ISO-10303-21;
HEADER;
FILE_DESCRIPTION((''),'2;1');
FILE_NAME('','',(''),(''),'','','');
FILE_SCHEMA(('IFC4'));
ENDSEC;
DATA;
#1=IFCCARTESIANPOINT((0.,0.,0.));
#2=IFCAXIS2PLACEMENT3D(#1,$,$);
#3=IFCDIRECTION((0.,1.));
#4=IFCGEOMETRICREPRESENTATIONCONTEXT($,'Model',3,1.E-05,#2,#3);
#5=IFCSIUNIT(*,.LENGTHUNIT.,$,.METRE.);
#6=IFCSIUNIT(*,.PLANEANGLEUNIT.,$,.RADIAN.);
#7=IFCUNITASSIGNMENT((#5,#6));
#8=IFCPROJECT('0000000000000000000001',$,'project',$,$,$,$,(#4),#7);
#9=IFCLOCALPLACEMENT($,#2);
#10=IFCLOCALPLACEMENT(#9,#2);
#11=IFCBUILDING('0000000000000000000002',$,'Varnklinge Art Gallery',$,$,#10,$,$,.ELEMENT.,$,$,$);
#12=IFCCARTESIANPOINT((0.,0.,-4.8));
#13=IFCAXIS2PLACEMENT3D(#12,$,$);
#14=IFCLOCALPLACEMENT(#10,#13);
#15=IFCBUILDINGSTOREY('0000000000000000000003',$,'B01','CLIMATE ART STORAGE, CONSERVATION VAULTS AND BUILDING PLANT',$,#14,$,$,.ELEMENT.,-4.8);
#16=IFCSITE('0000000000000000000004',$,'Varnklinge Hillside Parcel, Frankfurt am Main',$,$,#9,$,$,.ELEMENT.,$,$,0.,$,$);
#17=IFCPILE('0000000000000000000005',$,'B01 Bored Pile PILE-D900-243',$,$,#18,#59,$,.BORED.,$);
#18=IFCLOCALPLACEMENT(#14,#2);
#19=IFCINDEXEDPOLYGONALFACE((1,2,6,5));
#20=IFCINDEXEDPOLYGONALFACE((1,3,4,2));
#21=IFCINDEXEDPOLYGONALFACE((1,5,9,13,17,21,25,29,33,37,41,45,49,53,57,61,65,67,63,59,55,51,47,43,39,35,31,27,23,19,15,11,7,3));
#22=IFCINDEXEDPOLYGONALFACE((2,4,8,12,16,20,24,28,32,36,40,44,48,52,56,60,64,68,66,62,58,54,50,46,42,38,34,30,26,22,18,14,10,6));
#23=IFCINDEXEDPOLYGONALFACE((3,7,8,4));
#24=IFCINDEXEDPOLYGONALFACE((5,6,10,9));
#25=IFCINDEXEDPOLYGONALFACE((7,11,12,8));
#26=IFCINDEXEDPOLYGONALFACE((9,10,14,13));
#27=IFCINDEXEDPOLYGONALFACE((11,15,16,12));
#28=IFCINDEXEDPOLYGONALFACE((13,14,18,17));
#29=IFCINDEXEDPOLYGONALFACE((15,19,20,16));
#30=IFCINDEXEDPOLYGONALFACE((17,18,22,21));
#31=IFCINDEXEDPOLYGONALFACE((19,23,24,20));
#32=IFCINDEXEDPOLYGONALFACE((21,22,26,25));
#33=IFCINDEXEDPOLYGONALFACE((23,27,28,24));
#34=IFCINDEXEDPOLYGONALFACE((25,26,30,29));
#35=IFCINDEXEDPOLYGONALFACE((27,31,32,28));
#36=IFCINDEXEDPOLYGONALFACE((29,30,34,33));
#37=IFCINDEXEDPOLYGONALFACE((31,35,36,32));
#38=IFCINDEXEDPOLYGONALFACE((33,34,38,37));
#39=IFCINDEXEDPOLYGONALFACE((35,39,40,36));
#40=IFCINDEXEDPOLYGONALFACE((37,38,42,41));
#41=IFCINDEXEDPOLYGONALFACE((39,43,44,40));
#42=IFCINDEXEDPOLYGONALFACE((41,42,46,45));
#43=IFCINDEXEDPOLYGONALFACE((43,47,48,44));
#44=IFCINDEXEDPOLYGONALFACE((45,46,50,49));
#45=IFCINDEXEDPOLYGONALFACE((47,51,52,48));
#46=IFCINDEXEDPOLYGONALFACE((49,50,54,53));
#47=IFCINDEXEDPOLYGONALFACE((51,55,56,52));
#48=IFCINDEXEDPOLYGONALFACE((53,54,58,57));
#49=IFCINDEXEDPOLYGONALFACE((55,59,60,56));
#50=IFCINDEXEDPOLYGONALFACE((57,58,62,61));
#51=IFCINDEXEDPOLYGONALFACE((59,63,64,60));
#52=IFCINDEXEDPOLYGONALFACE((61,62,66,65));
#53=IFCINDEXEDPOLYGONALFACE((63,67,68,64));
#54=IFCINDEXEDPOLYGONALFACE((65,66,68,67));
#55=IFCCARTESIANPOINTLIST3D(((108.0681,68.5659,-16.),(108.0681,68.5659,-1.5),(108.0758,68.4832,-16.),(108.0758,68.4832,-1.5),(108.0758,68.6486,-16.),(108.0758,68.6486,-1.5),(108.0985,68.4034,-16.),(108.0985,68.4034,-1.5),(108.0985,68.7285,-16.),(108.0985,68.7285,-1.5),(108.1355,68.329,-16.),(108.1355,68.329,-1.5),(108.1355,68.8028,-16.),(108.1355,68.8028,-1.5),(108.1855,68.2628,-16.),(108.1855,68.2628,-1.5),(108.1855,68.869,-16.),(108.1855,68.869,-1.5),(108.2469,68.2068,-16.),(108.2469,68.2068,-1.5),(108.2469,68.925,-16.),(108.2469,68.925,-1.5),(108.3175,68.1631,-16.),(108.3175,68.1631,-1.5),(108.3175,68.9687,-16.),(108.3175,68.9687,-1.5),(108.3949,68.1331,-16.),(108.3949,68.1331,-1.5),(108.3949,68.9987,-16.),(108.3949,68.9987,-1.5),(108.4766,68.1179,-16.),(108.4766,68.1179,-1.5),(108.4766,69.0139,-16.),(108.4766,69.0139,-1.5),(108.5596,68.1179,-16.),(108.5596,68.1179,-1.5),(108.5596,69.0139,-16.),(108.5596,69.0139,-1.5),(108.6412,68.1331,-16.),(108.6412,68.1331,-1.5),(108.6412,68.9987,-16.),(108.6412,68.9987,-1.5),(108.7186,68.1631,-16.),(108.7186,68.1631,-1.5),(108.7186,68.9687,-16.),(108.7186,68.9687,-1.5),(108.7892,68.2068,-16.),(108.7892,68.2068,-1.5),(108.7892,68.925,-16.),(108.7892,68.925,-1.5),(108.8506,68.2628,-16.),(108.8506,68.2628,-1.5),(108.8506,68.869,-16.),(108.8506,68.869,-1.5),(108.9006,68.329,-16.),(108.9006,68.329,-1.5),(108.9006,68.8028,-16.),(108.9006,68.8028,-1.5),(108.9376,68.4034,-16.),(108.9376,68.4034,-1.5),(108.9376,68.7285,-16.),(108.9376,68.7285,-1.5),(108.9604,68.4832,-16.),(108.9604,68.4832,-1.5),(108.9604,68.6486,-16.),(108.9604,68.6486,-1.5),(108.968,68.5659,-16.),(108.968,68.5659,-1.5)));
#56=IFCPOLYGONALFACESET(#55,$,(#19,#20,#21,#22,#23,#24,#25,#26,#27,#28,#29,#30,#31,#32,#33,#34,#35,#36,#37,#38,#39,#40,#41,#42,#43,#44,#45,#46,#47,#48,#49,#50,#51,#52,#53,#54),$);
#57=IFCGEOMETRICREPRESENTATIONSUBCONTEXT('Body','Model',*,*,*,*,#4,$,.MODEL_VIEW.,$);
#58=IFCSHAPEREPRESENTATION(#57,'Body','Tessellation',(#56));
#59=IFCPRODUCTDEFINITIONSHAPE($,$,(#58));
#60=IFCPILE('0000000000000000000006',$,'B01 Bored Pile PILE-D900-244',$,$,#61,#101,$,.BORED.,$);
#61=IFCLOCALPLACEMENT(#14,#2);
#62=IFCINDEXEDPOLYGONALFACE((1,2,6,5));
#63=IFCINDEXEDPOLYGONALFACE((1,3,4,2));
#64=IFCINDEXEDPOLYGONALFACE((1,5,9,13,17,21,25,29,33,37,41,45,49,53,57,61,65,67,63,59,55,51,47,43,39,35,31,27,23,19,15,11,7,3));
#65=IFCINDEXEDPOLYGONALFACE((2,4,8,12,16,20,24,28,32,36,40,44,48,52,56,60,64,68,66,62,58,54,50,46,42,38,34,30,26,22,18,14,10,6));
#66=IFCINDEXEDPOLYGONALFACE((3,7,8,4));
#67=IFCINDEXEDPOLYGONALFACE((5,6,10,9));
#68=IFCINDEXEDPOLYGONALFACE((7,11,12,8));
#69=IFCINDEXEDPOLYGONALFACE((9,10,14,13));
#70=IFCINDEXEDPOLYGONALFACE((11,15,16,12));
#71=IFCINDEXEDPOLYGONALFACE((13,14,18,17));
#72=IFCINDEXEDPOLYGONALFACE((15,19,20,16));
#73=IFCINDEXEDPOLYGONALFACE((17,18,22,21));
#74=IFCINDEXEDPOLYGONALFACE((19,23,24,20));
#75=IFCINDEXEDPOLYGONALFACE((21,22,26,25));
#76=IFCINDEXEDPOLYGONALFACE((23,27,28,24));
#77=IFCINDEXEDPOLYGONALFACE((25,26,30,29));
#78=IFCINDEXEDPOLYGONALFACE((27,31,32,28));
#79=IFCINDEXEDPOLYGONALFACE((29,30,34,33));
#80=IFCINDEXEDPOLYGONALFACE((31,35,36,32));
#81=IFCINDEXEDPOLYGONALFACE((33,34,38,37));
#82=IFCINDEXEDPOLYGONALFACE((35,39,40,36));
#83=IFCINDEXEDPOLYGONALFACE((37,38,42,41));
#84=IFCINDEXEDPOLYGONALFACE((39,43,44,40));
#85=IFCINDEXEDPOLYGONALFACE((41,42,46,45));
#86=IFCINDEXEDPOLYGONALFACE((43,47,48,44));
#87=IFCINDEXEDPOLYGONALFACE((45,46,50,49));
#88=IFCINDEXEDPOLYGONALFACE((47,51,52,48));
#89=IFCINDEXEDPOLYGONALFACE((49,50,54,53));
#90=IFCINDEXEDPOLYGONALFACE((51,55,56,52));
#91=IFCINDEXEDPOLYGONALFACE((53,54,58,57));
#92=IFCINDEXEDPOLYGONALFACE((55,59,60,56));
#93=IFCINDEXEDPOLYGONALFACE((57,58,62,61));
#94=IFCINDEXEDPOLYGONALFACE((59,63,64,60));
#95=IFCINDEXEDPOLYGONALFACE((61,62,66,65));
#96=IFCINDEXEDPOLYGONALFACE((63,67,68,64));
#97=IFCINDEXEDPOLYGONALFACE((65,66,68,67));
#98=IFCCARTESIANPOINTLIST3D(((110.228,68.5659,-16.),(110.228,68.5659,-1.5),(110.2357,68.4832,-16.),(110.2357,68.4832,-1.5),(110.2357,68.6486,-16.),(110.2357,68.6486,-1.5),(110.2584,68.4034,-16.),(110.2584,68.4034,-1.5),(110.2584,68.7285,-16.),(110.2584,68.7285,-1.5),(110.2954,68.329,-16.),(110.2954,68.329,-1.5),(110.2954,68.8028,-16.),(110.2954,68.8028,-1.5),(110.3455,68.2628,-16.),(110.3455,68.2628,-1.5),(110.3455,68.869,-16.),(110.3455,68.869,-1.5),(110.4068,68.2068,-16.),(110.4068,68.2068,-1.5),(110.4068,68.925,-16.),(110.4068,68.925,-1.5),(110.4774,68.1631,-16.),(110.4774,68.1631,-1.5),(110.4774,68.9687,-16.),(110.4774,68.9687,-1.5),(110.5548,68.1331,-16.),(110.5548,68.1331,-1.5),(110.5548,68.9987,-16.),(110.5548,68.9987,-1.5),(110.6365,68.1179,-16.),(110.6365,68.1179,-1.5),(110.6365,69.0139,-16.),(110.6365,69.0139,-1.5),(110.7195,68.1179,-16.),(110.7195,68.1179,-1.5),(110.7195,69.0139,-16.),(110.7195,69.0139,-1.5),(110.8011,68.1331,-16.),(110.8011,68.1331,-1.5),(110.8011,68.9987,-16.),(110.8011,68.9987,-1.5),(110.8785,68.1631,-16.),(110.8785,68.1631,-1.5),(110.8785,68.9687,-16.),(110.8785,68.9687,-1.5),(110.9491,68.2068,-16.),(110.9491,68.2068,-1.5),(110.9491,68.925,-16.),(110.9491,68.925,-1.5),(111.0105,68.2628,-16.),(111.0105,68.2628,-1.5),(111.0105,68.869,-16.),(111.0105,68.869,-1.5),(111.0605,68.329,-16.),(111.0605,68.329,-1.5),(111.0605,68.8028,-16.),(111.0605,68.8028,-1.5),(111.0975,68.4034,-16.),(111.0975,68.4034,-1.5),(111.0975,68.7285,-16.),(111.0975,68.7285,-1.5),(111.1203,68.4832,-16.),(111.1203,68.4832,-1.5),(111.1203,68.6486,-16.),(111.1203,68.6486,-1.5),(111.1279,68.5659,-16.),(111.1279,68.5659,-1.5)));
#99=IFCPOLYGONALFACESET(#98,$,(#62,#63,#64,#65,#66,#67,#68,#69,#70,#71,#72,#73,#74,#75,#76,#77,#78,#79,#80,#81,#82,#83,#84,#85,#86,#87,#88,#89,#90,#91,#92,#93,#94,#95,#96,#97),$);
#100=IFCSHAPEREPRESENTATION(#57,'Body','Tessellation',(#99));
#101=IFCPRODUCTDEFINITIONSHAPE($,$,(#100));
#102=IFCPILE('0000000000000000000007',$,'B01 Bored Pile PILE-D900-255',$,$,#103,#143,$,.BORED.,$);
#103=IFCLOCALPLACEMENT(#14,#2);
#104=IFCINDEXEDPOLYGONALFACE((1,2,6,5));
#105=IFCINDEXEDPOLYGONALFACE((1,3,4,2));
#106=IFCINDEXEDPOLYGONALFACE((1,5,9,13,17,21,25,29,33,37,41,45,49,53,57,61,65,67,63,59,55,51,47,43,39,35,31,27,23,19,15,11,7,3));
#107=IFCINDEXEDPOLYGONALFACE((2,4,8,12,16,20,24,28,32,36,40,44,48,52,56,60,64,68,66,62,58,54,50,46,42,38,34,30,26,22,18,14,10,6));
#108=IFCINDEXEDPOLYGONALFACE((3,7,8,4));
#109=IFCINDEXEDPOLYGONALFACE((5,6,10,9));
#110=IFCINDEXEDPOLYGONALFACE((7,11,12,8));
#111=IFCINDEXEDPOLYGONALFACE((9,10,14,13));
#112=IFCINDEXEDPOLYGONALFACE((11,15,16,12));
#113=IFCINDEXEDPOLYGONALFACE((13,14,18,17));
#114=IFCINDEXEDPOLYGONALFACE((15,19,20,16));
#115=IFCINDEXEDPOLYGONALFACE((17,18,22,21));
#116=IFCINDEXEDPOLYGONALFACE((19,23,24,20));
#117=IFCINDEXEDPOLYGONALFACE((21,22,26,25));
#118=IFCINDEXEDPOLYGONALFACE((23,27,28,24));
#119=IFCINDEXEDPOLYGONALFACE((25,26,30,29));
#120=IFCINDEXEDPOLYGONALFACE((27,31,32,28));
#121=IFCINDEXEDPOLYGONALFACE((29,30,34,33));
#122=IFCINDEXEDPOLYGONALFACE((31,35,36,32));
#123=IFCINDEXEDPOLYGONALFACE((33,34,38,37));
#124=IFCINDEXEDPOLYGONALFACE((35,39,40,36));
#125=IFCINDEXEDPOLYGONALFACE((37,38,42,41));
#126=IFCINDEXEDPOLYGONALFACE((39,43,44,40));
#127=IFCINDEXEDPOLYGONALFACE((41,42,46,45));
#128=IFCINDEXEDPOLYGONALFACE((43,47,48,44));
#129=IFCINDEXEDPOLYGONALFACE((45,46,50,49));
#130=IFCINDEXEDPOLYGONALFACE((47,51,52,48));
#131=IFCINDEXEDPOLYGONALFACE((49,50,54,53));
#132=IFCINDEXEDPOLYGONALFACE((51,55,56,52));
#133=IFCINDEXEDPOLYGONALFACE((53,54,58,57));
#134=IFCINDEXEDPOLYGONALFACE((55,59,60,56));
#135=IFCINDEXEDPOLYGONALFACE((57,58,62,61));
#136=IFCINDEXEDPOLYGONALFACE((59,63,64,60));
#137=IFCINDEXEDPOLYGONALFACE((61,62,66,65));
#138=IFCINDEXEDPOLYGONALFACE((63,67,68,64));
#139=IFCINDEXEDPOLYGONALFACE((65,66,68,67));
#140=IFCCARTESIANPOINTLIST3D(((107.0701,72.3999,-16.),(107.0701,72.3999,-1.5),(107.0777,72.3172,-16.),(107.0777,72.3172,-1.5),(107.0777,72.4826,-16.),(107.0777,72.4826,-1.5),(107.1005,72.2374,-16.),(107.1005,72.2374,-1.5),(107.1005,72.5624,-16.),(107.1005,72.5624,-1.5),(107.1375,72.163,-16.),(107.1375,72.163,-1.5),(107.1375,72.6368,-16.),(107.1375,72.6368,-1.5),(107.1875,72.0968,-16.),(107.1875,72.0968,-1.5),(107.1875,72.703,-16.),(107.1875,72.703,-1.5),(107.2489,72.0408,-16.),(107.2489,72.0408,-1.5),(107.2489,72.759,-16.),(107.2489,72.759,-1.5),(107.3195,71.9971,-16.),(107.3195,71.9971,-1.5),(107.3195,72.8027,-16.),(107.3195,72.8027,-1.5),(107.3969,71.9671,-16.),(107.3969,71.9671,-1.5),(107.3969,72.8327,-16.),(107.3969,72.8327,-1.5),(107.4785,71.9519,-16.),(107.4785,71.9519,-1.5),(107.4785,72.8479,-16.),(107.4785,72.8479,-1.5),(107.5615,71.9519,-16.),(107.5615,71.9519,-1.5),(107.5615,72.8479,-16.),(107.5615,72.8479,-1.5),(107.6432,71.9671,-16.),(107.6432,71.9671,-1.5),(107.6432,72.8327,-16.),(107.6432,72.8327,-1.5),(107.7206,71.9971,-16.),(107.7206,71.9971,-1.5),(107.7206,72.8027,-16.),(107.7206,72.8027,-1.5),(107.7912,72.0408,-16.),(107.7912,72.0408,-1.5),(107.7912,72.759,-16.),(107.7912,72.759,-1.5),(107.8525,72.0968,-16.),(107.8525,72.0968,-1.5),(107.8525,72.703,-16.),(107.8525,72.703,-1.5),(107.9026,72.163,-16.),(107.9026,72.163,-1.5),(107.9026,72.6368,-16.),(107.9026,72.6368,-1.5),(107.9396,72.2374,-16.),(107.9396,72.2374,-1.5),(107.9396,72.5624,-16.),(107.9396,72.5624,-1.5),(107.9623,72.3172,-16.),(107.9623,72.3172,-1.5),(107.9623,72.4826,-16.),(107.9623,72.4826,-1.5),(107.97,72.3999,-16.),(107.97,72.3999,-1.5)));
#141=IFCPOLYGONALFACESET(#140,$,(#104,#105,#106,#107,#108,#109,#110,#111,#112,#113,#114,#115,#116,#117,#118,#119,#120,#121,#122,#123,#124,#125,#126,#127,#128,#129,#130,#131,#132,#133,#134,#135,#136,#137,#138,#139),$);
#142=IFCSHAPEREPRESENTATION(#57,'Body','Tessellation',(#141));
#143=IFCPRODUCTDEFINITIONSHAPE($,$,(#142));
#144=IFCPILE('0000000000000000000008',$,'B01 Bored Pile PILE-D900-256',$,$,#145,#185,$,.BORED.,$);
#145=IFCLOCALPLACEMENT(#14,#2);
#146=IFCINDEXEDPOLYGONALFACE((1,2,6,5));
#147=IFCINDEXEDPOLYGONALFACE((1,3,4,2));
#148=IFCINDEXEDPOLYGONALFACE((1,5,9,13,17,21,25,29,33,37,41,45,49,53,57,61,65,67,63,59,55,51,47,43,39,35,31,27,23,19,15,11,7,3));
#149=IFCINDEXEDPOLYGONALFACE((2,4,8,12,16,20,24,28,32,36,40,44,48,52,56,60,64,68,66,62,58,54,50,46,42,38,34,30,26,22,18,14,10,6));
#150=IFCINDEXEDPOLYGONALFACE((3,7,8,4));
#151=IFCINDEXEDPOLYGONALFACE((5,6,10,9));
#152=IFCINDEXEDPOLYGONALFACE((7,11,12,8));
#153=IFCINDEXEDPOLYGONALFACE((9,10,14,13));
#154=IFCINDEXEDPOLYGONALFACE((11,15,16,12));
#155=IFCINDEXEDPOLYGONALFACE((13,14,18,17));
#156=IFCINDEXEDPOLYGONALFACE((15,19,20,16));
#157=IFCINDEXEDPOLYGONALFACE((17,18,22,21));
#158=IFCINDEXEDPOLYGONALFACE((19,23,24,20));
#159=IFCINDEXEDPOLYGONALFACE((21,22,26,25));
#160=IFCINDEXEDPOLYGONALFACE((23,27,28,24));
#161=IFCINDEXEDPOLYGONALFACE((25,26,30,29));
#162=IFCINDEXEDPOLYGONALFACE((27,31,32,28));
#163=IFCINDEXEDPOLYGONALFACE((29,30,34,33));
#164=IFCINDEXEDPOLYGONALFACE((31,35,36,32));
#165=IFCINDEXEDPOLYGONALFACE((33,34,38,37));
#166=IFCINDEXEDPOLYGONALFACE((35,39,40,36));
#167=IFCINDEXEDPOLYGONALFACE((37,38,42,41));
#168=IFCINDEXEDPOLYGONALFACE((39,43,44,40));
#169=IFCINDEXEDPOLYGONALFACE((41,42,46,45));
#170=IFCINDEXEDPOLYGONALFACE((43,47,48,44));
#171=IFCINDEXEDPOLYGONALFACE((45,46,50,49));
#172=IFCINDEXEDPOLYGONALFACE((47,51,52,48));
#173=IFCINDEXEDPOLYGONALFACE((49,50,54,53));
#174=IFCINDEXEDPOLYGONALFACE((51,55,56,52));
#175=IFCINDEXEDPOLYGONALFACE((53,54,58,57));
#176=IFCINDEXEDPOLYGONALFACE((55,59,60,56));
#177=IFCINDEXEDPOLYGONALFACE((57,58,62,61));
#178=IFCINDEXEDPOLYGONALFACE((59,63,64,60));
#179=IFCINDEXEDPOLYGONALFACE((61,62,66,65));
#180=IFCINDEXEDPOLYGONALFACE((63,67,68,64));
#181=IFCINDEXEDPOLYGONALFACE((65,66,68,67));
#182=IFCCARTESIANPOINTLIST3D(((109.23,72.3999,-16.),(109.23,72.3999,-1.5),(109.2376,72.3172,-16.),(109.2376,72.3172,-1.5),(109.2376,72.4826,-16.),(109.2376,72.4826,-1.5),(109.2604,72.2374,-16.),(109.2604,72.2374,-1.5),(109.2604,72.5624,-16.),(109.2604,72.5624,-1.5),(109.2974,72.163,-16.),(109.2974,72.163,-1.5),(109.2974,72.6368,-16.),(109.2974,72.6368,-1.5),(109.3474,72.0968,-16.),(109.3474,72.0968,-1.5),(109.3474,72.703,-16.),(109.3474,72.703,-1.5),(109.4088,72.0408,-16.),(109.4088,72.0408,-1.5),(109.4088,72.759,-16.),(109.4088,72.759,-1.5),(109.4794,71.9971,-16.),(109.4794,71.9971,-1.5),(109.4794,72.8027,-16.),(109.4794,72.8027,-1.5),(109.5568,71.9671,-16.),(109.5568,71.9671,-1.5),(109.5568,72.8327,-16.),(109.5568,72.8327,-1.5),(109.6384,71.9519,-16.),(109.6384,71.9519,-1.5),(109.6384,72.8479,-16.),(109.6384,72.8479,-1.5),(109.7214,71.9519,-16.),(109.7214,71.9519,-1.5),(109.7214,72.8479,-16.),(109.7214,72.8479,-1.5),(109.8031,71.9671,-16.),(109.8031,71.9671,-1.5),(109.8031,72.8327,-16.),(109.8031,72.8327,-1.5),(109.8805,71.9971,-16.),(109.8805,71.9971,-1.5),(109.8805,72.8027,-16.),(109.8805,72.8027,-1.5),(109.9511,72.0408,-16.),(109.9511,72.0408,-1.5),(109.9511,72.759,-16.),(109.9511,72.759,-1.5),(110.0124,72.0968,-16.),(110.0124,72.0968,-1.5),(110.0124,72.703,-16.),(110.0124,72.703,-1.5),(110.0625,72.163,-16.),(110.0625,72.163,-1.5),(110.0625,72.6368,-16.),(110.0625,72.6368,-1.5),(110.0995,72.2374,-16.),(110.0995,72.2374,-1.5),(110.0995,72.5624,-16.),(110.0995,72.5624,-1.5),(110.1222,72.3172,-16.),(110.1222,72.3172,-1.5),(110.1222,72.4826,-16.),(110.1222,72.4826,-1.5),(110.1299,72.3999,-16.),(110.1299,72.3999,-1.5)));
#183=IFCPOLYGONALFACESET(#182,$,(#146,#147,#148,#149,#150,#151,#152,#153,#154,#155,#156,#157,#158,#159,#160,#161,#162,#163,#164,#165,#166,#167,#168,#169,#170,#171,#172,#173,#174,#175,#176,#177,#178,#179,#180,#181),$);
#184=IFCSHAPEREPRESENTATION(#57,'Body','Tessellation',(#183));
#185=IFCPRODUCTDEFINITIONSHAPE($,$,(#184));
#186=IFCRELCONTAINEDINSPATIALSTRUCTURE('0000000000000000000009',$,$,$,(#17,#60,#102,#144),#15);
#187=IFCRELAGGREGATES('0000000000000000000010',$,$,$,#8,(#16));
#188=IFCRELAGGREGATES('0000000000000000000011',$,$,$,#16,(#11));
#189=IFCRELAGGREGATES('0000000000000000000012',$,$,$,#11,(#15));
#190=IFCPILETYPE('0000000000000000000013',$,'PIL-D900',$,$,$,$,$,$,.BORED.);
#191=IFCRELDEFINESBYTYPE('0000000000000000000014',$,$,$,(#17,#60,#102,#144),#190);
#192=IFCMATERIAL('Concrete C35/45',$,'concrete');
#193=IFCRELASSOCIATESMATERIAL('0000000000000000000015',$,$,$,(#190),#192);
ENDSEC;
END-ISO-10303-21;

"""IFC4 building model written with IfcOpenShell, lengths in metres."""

from ifc_helpers import new_model, si_unit, direction, frame, origin, origin_2d, place, context, subcontext, project, spatial, circle, extrude, material, material_profile, profile_set, type_object, element, save


model = new_model("IFC4")

# Units and contexts
model_context = context("Model", 3, precision=1e-05, world=origin(), true_north=direction((0.0, 1.0)))
body_context = subcontext(model_context, "Body", "Model", "MODEL_VIEW")
ifc_project = project(units=[si_unit("LENGTHUNIT", "METRE"), si_unit("PLANEANGLEUNIT", "RADIAN")], contexts=[model_context])

# Site, building, storey
site_placement = place(None, origin())
site = spatial("IfcSite", under=ifc_project, at=site_placement, Name="Varnklinge Hillside Parcel, Frankfurt am Main", CompositionType="ELEMENT", RefElevation=0.0)
building_placement = place(site_placement, origin())
building = spatial("IfcBuilding", under=site, at=building_placement, Name="Varnklinge Art Gallery", CompositionType="ELEMENT")
storey_placement = place(building_placement, frame((0.0, 0.0, -4.8)))
storey = spatial("IfcBuildingStorey", under=building, at=storey_placement, Name="B01", Description="CLIMATE ART STORAGE, CONSERVATION VAULTS AND BUILDING PLANT", CompositionType="ELEMENT", Elevation=-4.8)

# Piles
ifc_material_1 = material(Name="Concrete C35/45", Category="concrete")
ifc_material_profile_1 = material_profile(ifc_material_1, circle(Radius=0.45, at=origin_2d()), Name="PILE D900")
ifc_profile_set_1 = profile_set([ifc_material_profile_1], Name="Concrete C35/45")
pile_type_1 = type_object("IfcPileType", Name="PIL-D900", PredefinedType="BORED", material=ifc_profile_set_1)
for number, where, z_axis, x_axis, name in (
    (1, (108.5181, 68.5659, -1.5), (0.0, 0.0, -1.0), (1.0, 0.0, 0.0), "B01 Bored Pile PILE-D900-243"),
    (2, (110.678, 68.5659, -1.5), (0.0, 0.0, -1.0), (1.0, 0.0, 0.0), "B01 Bored Pile PILE-D900-244"),
    (3, (107.52, 72.3999, -1.5), (0.0, 0.0, -1.0), (1.0, 0.0, 0.0), "B01 Bored Pile PILE-D900-255"),
    (4, (109.6799, 72.3999, -1.5), (0.0, 0.0, -1.0), (1.0, 0.0, 0.0), "B01 Bored Pile PILE-D900-256"),
):
    element("IfcPile", number, at=place(storey_placement, frame(where, z_axis=z_axis, x_axis=x_axis)), inside=storey, type_object=pile_type_1, Name=name, PredefinedType="BORED", context=body_context, shape_type="SweptSolid", body=[
        extrude(circle(Radius=0.45, at=origin_2d()), origin(), (0.0, 0.0, 1.0), 14.5),
    ])

save(model, "model.ifc")
